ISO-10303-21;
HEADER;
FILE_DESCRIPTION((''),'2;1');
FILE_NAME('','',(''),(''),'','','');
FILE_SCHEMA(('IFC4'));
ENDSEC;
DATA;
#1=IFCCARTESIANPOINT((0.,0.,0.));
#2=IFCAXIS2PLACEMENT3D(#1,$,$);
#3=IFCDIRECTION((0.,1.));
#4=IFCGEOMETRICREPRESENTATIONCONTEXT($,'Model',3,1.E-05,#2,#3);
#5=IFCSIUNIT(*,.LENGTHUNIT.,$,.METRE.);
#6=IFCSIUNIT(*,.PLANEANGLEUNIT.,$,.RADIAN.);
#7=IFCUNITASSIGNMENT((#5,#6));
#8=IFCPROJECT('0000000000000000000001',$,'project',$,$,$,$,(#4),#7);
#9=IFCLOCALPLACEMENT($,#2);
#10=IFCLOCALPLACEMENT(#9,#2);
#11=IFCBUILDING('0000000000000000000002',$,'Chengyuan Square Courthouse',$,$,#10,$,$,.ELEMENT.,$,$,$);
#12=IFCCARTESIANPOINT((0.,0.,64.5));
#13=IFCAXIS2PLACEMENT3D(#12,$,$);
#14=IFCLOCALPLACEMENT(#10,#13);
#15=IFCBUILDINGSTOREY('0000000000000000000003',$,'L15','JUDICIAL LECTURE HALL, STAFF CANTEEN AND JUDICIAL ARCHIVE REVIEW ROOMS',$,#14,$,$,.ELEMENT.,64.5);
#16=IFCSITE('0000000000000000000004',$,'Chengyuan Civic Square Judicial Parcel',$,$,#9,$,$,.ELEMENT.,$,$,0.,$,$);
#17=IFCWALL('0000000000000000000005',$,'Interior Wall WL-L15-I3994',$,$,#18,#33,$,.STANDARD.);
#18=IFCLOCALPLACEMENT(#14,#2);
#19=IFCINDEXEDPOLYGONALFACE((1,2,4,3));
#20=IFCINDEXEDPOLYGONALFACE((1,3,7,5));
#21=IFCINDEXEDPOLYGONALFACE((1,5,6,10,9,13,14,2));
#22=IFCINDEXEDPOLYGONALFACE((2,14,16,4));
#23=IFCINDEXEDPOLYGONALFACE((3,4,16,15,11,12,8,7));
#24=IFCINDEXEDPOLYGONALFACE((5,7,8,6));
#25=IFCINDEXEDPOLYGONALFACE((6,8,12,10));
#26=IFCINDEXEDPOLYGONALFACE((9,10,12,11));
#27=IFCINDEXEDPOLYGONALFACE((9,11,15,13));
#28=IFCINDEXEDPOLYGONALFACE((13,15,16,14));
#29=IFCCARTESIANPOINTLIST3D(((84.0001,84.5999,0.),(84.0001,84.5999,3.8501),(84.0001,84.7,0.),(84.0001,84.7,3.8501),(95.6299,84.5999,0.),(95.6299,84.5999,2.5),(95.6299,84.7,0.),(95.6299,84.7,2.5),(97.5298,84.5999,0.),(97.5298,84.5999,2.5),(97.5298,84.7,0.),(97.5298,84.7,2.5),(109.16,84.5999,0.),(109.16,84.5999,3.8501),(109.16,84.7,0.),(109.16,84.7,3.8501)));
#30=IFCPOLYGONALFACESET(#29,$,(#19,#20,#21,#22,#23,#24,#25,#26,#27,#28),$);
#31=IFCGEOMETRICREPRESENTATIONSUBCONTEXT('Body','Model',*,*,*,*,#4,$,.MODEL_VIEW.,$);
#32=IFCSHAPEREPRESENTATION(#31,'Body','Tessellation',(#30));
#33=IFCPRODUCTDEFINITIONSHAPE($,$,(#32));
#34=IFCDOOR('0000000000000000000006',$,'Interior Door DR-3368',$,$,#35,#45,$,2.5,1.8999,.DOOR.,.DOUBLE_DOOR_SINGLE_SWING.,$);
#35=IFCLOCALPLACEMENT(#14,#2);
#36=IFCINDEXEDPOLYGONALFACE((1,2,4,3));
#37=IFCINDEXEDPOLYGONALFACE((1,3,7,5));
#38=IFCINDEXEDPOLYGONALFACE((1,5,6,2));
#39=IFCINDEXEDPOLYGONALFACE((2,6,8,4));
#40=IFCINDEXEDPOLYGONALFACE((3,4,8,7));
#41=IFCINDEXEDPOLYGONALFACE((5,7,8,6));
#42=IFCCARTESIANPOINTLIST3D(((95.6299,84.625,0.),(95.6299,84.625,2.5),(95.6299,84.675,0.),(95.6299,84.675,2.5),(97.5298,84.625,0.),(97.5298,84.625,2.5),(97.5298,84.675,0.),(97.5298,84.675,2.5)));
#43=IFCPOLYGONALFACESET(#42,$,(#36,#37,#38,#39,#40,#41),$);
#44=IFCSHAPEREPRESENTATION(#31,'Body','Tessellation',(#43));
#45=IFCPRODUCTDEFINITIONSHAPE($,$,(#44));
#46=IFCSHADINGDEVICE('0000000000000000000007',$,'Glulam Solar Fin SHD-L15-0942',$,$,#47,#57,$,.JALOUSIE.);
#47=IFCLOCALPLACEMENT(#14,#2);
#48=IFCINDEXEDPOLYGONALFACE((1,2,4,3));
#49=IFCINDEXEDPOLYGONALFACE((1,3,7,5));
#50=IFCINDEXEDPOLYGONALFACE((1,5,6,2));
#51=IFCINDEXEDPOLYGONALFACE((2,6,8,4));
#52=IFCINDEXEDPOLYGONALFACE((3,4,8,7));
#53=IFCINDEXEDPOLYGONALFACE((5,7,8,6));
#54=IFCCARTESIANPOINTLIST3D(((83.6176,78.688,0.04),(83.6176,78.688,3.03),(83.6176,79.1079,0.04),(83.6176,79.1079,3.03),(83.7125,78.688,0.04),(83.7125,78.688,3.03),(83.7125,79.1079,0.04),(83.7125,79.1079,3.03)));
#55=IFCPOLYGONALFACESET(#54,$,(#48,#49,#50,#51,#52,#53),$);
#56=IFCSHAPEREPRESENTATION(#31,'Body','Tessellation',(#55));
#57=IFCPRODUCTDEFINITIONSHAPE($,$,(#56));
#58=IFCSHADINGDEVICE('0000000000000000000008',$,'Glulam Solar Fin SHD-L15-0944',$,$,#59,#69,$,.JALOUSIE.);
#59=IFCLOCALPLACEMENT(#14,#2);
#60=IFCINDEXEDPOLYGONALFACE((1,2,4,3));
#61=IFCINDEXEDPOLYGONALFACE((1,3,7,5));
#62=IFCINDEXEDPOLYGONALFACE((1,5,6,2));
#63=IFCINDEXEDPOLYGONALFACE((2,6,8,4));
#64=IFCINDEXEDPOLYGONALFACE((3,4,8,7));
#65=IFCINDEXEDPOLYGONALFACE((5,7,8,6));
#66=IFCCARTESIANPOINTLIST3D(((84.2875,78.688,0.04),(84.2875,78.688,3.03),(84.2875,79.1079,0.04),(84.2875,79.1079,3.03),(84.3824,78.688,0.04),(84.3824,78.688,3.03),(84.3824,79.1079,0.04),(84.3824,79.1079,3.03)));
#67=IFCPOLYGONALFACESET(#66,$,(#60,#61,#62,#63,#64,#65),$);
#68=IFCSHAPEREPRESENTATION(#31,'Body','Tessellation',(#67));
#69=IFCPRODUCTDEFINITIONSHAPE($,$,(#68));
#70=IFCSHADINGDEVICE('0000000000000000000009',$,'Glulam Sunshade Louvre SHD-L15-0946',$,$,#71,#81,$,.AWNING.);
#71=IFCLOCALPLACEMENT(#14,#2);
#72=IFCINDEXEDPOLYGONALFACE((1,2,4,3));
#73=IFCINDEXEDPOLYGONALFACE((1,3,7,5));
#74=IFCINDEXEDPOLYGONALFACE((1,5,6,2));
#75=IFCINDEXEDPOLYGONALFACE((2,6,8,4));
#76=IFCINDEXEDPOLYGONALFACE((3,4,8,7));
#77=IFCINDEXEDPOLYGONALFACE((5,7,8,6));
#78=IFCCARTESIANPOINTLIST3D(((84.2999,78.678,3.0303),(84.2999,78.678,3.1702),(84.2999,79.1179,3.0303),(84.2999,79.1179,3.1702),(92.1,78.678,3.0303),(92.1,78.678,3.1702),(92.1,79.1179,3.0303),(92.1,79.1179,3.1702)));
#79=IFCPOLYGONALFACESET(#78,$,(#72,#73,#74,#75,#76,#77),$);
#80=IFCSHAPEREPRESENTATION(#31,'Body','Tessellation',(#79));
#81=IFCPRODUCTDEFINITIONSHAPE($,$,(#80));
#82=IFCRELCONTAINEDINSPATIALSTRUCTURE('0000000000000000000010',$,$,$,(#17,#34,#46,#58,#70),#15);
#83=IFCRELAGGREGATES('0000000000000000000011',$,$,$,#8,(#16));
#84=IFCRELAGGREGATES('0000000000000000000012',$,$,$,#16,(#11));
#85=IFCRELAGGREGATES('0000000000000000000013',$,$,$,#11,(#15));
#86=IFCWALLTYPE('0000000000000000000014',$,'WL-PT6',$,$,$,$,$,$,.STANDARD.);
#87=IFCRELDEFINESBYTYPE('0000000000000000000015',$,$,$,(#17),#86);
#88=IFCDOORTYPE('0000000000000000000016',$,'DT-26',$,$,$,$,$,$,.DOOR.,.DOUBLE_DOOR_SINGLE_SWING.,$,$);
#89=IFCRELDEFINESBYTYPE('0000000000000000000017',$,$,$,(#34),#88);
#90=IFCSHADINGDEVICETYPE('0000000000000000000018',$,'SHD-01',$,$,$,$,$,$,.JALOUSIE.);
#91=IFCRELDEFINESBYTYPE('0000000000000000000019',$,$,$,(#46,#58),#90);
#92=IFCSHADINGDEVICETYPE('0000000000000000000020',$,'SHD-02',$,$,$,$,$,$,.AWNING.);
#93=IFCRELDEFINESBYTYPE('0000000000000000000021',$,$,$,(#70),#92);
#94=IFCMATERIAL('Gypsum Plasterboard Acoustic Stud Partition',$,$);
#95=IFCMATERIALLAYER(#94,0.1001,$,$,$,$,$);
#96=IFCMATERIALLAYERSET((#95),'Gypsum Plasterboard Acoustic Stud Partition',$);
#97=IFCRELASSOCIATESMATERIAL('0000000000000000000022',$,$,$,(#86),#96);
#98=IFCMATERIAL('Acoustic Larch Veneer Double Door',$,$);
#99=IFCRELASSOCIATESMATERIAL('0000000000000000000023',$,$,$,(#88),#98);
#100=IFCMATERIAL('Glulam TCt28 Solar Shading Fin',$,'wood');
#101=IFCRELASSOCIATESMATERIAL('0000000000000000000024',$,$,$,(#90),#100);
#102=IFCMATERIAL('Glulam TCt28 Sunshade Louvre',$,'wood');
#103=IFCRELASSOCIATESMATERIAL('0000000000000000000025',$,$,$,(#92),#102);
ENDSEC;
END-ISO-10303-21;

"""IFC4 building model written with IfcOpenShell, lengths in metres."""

from ifc_helpers import new_model, si_unit, direction, frame, frame_2d, origin, origin_2d, place, context, subcontext, project, spatial, rectangle, extrude, material, layer, layer_set, type_object, element, fill, save


model = new_model("IFC4")

# Units and contexts
model_context = context("Model", 3, precision=1e-05, world=origin(), true_north=direction((0.0, 1.0)))
body_context = subcontext(model_context, "Body", "Model", "MODEL_VIEW")
ifc_project = project(units=[si_unit("LENGTHUNIT", "METRE"), si_unit("PLANEANGLEUNIT", "RADIAN")], contexts=[model_context])

# Site, building, storey
site_placement = place(None, origin())
site = spatial("IfcSite", under=ifc_project, at=site_placement, Name="Chengyuan Civic Square Judicial Parcel", CompositionType="ELEMENT", RefElevation=0.0)
building_placement = place(site_placement, origin())
building = spatial("IfcBuilding", under=site, at=building_placement, Name="Chengyuan Square Courthouse", CompositionType="ELEMENT")
storey_placement = place(building_placement, frame((0.0, 0.0, 64.5)))
storey = spatial("IfcBuildingStorey", under=building, at=storey_placement, Name="L15", Description="JUDICIAL LECTURE HALL, STAFF CANTEEN AND JUDICIAL ARCHIVE REVIEW ROOMS", CompositionType="ELEMENT", Elevation=64.5)

# Wall, opening, door
ifc_material_1 = material(Name="Gypsum Plasterboard Acoustic Stud Partition")
ifc_layer_1 = layer(ifc_material_1, 0.1001)
ifc_layer_set_1 = layer_set([ifc_layer_1], Name="Gypsum Plasterboard Acoustic Stud Partition")
wall_type_1 = type_object("IfcWallType", Name="WL-PT6", PredefinedType="STANDARD", material=ifc_layer_set_1)
wall_1_placement = place(storey_placement, frame((84.0, 84.6499, 0.0), z_axis=(0.0, 0.0, 1.0), x_axis=(1.0, 0.0, 0.0)))
wall_1 = element("IfcWall", 1, at=wall_1_placement, inside=storey, type_object=wall_type_1, Name="Interior Wall WL-L15-I3994", PredefinedType="STANDARD", context=body_context, shape_type="SweptSolid", body=[
    extrude(rectangle(XDim=25.1599, YDim=0.1001, at=frame_2d((12.5801, 0.0))), origin(), (0.0, 0.0, 1.0), 3.8501),
])
opening_1_placement = place(wall_1_placement, frame((11.6299, 0.0, 0.0)))
opening_1 = element("IfcOpeningElement", 2, at=opening_1_placement, cuts=wall_1, PredefinedType="OPENING", context=body_context, shape_type="SweptSolid", body=[
    extrude(rectangle(XDim=1.8999, YDim=2.5, at=frame_2d((0.95, 1.25))), frame((0.0, 0.062, 0.0), z_axis=(0.0, -1.0, 0.0), x_axis=(1.0, 0.0, 0.0)), (0.0, 0.0, 1.0), 0.124),
])
ifc_material_2 = material(Name="Acoustic Larch Veneer Double Door")
door_type_1 = type_object("IfcDoorType", Name="DT-26", OperationType="DOUBLE_DOOR_SINGLE_SWING", PredefinedType="DOOR", material=ifc_material_2)
door_1_placement = place(opening_1_placement, frame((1.8999, 0.0, 0.0), z_axis=(0.0, 0.0, 1.0), x_axis=(-1.0, 0.0, 0.0)))
door_1 = element("IfcDoor", 3, at=door_1_placement, inside=storey, type_object=door_type_1, Name="Interior Door DR-3368", OperationType="DOUBLE_DOOR_SINGLE_SWING", OverallHeight=2.5, OverallWidth=1.8999, PredefinedType="DOOR", context=body_context, shape_type="SweptSolid", body=[
    extrude(rectangle(XDim=1.8999, YDim=2.5, at=frame_2d((0.95, 1.25))), frame((0.0, 0.0249, 0.0), z_axis=(0.0, -1.0, 0.0), x_axis=(1.0, 0.0, 0.0)), (0.0, 0.0, 1.0), 0.05),
])
fill(opening_1, door_1)

# Shading devices
ifc_material_3 = material(Name="Glulam TCt28 Solar Shading Fin", Category="wood")
shading_device_type_1 = type_object("IfcShadingDeviceType", Name="SHD-01", PredefinedType="JALOUSIE", material=ifc_material_3)
for number, where, z_axis, x_axis, name in (
    (4, (83.665, 78.8979, 0.04), (0.0, 0.0, 1.0), (0.0, 1.0, 0.0), "Glulam Solar Fin SHD-L15-0942"),
    (5, (84.335, 78.8979, 0.04), (0.0, 0.0, 1.0), (0.0, 1.0, 0.0), "Glulam Solar Fin SHD-L15-0944"),
):
    element("IfcShadingDevice", number, at=place(storey_placement, frame(where, z_axis=z_axis, x_axis=x_axis)), inside=storey, type_object=shading_device_type_1, Name=name, PredefinedType="JALOUSIE", context=body_context, shape_type="SweptSolid", body=[
        extrude(rectangle(XDim=0.4199, YDim=0.095, at=origin_2d()), origin(), (0.0, 0.0, 1.0), 2.99),
    ])
ifc_material_4 = material(Name="Glulam TCt28 Sunshade Louvre", Category="wood")
shading_device_type_2 = type_object("IfcShadingDeviceType", Name="SHD-02", PredefinedType="AWNING", material=ifc_material_4)
shading_device_placement = place(storey_placement, frame((88.2, 78.8979, 3.0303), z_axis=(0.0, 0.0, 1.0), x_axis=(1.0, 0.0, 0.0)))
element("IfcShadingDevice", 6, at=shading_device_placement, inside=storey, type_object=shading_device_type_2, Name="Glulam Sunshade Louvre SHD-L15-0946", PredefinedType="AWNING", context=body_context, shape_type="SweptSolid", body=[
    extrude(rectangle(XDim=7.8, YDim=0.4399, at=origin_2d()), origin(), (0.0, 0.0, 1.0), 0.1399),
])

save(model, "model.ifc")
